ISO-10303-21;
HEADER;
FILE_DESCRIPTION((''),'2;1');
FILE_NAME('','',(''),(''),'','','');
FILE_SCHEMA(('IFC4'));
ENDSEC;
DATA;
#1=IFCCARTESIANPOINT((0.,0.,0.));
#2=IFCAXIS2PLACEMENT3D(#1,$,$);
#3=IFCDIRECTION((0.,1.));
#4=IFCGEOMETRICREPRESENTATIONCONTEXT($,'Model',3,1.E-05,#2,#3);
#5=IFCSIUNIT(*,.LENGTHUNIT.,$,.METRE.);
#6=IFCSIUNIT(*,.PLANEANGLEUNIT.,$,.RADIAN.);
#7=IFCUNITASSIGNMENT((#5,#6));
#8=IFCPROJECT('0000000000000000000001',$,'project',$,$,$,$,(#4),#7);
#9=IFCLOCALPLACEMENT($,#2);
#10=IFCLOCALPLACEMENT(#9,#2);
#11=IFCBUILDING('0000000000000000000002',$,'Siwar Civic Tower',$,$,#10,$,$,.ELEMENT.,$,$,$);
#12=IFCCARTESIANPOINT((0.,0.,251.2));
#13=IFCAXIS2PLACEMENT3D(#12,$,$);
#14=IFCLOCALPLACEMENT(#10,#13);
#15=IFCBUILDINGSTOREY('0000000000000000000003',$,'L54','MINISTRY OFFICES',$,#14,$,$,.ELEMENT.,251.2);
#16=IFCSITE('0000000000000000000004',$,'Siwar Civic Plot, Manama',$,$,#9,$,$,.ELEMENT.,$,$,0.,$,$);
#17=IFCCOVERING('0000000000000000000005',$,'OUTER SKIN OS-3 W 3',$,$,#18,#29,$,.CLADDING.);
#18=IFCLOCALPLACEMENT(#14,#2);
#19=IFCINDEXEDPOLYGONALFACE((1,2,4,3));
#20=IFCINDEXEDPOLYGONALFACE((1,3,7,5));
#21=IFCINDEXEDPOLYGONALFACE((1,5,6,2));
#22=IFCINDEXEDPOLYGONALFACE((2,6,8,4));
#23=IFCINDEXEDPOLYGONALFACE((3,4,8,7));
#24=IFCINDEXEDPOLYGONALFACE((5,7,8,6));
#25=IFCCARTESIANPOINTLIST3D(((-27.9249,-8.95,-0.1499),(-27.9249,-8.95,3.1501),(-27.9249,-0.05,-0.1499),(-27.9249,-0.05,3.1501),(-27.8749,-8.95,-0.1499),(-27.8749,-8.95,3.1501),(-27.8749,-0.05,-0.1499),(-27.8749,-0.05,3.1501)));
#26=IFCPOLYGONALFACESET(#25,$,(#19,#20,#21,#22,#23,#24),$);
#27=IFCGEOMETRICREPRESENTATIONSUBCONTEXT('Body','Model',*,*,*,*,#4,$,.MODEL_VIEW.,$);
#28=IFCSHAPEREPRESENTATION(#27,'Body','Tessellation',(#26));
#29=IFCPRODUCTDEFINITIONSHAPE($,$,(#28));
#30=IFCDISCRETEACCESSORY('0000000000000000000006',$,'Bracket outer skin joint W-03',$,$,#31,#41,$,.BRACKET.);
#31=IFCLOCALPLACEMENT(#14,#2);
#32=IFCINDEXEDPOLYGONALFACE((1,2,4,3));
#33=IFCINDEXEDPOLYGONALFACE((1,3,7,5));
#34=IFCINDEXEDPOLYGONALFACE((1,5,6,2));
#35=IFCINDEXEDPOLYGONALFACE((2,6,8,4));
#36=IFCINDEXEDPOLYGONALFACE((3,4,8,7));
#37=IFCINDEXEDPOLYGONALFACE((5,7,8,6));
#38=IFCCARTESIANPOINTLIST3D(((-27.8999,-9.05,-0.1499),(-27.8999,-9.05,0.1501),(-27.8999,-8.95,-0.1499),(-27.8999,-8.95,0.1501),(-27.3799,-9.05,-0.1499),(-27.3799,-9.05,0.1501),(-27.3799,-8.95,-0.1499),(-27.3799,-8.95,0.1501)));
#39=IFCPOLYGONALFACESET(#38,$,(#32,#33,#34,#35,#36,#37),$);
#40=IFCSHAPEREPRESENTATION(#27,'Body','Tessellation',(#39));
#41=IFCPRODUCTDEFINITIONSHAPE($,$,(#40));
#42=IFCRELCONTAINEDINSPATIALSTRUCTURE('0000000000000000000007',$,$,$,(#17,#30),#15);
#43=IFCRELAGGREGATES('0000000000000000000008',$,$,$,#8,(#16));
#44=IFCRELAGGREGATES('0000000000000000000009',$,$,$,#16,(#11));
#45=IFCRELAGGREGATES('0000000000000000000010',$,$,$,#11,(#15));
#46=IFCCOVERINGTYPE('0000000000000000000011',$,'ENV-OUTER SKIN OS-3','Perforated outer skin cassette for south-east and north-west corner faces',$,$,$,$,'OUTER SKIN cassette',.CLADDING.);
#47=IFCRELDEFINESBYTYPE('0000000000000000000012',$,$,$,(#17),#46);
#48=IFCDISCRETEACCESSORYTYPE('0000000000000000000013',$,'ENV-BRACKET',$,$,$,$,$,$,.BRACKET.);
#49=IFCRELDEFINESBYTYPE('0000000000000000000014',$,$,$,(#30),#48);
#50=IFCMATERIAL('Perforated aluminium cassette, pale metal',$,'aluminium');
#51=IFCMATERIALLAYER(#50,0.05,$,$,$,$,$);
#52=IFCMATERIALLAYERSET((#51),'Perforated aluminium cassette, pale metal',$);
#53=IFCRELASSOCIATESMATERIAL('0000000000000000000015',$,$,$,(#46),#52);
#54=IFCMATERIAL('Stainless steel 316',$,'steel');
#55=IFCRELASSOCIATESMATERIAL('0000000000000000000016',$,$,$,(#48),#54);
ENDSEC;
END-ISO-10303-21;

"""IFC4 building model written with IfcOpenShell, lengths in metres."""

from ifc_helpers import new_model, si_unit, direction, frame, origin, origin_2d, place, context, subcontext, project, spatial, rectangle, extrude, material, layer, layer_set, type_object, element, save


model = new_model("IFC4")

# Units and contexts
model_context = context("Model", 3, precision=1e-05, world=origin(), true_north=direction((0.0, 1.0)))
body_context = subcontext(model_context, "Body", "Model", "MODEL_VIEW")
ifc_project = project(units=[si_unit("LENGTHUNIT", "METRE"), si_unit("PLANEANGLEUNIT", "RADIAN")], contexts=[model_context])

# Site, building, storey
site_placement = place(None, origin())
site = spatial("IfcSite", under=ifc_project, at=site_placement, Name="Siwar Civic Plot, Manama", CompositionType="ELEMENT", RefElevation=0.0)
building_placement = place(site_placement, origin())
building = spatial("IfcBuilding", under=site, at=building_placement, Name="Siwar Civic Tower", CompositionType="ELEMENT")
storey_placement = place(building_placement, frame((0.0, 0.0, 251.2)))
storey = spatial("IfcBuildingStorey", under=building, at=storey_placement, Name="L54", Description="MINISTRY OFFICES", CompositionType="ELEMENT", Elevation=251.2)

# Covering
ifc_material_1 = material(Name="Perforated aluminium cassette, pale metal", Category="aluminium")
ifc_layer_1 = layer(ifc_material_1, 0.05)
ifc_layer_set_1 = layer_set([ifc_layer_1], Name="Perforated aluminium cassette, pale metal")
covering_type = type_object("IfcCoveringType", Name="ENV-OUTER SKIN OS-3", Description="Perforated outer skin cassette for south-east and north-west corner faces", ElementType="OUTER SKIN cassette", PredefinedType="CLADDING", material=ifc_layer_set_1)
covering_placement = place(storey_placement, frame((-27.8999, -4.5, -0.1499), z_axis=(0.0, 0.0, 1.0), x_axis=(0.0, -1.0, 0.0)))
element("IfcCovering", 1, at=covering_placement, inside=storey, type_object=covering_type, Name="OUTER SKIN OS-3 W 3", PredefinedType="CLADDING", context=body_context, shape_type="SweptSolid", body=[
    extrude(rectangle(XDim=8.8999, YDim=0.05, at=origin_2d()), origin(), (0.0, 0.0, 1.0), 3.3),
])

# Discrete accessory
ifc_material_2 = material(Name="Stainless steel 316", Category="steel")
discrete_accessory_type = type_object("IfcDiscreteAccessoryType", Name="ENV-BRACKET", PredefinedType="BRACKET", material=ifc_material_2)
discrete_accessory_placement = place(storey_placement, frame((-27.6399, -9.0, -0.1499), z_axis=(0.0, 0.0, 1.0), x_axis=(-1.0, 0.0, 0.0)))
element("IfcDiscreteAccessory", 2, at=discrete_accessory_placement, inside=storey, type_object=discrete_accessory_type, Name="Bracket outer skin joint W-03", PredefinedType="BRACKET", context=body_context, shape_type="SweptSolid", body=[
    extrude(rectangle(XDim=0.52, YDim=0.1001, at=origin_2d()), origin(), (0.0, 0.0, 1.0), 0.3),
])

save(model, "model.ifc")
